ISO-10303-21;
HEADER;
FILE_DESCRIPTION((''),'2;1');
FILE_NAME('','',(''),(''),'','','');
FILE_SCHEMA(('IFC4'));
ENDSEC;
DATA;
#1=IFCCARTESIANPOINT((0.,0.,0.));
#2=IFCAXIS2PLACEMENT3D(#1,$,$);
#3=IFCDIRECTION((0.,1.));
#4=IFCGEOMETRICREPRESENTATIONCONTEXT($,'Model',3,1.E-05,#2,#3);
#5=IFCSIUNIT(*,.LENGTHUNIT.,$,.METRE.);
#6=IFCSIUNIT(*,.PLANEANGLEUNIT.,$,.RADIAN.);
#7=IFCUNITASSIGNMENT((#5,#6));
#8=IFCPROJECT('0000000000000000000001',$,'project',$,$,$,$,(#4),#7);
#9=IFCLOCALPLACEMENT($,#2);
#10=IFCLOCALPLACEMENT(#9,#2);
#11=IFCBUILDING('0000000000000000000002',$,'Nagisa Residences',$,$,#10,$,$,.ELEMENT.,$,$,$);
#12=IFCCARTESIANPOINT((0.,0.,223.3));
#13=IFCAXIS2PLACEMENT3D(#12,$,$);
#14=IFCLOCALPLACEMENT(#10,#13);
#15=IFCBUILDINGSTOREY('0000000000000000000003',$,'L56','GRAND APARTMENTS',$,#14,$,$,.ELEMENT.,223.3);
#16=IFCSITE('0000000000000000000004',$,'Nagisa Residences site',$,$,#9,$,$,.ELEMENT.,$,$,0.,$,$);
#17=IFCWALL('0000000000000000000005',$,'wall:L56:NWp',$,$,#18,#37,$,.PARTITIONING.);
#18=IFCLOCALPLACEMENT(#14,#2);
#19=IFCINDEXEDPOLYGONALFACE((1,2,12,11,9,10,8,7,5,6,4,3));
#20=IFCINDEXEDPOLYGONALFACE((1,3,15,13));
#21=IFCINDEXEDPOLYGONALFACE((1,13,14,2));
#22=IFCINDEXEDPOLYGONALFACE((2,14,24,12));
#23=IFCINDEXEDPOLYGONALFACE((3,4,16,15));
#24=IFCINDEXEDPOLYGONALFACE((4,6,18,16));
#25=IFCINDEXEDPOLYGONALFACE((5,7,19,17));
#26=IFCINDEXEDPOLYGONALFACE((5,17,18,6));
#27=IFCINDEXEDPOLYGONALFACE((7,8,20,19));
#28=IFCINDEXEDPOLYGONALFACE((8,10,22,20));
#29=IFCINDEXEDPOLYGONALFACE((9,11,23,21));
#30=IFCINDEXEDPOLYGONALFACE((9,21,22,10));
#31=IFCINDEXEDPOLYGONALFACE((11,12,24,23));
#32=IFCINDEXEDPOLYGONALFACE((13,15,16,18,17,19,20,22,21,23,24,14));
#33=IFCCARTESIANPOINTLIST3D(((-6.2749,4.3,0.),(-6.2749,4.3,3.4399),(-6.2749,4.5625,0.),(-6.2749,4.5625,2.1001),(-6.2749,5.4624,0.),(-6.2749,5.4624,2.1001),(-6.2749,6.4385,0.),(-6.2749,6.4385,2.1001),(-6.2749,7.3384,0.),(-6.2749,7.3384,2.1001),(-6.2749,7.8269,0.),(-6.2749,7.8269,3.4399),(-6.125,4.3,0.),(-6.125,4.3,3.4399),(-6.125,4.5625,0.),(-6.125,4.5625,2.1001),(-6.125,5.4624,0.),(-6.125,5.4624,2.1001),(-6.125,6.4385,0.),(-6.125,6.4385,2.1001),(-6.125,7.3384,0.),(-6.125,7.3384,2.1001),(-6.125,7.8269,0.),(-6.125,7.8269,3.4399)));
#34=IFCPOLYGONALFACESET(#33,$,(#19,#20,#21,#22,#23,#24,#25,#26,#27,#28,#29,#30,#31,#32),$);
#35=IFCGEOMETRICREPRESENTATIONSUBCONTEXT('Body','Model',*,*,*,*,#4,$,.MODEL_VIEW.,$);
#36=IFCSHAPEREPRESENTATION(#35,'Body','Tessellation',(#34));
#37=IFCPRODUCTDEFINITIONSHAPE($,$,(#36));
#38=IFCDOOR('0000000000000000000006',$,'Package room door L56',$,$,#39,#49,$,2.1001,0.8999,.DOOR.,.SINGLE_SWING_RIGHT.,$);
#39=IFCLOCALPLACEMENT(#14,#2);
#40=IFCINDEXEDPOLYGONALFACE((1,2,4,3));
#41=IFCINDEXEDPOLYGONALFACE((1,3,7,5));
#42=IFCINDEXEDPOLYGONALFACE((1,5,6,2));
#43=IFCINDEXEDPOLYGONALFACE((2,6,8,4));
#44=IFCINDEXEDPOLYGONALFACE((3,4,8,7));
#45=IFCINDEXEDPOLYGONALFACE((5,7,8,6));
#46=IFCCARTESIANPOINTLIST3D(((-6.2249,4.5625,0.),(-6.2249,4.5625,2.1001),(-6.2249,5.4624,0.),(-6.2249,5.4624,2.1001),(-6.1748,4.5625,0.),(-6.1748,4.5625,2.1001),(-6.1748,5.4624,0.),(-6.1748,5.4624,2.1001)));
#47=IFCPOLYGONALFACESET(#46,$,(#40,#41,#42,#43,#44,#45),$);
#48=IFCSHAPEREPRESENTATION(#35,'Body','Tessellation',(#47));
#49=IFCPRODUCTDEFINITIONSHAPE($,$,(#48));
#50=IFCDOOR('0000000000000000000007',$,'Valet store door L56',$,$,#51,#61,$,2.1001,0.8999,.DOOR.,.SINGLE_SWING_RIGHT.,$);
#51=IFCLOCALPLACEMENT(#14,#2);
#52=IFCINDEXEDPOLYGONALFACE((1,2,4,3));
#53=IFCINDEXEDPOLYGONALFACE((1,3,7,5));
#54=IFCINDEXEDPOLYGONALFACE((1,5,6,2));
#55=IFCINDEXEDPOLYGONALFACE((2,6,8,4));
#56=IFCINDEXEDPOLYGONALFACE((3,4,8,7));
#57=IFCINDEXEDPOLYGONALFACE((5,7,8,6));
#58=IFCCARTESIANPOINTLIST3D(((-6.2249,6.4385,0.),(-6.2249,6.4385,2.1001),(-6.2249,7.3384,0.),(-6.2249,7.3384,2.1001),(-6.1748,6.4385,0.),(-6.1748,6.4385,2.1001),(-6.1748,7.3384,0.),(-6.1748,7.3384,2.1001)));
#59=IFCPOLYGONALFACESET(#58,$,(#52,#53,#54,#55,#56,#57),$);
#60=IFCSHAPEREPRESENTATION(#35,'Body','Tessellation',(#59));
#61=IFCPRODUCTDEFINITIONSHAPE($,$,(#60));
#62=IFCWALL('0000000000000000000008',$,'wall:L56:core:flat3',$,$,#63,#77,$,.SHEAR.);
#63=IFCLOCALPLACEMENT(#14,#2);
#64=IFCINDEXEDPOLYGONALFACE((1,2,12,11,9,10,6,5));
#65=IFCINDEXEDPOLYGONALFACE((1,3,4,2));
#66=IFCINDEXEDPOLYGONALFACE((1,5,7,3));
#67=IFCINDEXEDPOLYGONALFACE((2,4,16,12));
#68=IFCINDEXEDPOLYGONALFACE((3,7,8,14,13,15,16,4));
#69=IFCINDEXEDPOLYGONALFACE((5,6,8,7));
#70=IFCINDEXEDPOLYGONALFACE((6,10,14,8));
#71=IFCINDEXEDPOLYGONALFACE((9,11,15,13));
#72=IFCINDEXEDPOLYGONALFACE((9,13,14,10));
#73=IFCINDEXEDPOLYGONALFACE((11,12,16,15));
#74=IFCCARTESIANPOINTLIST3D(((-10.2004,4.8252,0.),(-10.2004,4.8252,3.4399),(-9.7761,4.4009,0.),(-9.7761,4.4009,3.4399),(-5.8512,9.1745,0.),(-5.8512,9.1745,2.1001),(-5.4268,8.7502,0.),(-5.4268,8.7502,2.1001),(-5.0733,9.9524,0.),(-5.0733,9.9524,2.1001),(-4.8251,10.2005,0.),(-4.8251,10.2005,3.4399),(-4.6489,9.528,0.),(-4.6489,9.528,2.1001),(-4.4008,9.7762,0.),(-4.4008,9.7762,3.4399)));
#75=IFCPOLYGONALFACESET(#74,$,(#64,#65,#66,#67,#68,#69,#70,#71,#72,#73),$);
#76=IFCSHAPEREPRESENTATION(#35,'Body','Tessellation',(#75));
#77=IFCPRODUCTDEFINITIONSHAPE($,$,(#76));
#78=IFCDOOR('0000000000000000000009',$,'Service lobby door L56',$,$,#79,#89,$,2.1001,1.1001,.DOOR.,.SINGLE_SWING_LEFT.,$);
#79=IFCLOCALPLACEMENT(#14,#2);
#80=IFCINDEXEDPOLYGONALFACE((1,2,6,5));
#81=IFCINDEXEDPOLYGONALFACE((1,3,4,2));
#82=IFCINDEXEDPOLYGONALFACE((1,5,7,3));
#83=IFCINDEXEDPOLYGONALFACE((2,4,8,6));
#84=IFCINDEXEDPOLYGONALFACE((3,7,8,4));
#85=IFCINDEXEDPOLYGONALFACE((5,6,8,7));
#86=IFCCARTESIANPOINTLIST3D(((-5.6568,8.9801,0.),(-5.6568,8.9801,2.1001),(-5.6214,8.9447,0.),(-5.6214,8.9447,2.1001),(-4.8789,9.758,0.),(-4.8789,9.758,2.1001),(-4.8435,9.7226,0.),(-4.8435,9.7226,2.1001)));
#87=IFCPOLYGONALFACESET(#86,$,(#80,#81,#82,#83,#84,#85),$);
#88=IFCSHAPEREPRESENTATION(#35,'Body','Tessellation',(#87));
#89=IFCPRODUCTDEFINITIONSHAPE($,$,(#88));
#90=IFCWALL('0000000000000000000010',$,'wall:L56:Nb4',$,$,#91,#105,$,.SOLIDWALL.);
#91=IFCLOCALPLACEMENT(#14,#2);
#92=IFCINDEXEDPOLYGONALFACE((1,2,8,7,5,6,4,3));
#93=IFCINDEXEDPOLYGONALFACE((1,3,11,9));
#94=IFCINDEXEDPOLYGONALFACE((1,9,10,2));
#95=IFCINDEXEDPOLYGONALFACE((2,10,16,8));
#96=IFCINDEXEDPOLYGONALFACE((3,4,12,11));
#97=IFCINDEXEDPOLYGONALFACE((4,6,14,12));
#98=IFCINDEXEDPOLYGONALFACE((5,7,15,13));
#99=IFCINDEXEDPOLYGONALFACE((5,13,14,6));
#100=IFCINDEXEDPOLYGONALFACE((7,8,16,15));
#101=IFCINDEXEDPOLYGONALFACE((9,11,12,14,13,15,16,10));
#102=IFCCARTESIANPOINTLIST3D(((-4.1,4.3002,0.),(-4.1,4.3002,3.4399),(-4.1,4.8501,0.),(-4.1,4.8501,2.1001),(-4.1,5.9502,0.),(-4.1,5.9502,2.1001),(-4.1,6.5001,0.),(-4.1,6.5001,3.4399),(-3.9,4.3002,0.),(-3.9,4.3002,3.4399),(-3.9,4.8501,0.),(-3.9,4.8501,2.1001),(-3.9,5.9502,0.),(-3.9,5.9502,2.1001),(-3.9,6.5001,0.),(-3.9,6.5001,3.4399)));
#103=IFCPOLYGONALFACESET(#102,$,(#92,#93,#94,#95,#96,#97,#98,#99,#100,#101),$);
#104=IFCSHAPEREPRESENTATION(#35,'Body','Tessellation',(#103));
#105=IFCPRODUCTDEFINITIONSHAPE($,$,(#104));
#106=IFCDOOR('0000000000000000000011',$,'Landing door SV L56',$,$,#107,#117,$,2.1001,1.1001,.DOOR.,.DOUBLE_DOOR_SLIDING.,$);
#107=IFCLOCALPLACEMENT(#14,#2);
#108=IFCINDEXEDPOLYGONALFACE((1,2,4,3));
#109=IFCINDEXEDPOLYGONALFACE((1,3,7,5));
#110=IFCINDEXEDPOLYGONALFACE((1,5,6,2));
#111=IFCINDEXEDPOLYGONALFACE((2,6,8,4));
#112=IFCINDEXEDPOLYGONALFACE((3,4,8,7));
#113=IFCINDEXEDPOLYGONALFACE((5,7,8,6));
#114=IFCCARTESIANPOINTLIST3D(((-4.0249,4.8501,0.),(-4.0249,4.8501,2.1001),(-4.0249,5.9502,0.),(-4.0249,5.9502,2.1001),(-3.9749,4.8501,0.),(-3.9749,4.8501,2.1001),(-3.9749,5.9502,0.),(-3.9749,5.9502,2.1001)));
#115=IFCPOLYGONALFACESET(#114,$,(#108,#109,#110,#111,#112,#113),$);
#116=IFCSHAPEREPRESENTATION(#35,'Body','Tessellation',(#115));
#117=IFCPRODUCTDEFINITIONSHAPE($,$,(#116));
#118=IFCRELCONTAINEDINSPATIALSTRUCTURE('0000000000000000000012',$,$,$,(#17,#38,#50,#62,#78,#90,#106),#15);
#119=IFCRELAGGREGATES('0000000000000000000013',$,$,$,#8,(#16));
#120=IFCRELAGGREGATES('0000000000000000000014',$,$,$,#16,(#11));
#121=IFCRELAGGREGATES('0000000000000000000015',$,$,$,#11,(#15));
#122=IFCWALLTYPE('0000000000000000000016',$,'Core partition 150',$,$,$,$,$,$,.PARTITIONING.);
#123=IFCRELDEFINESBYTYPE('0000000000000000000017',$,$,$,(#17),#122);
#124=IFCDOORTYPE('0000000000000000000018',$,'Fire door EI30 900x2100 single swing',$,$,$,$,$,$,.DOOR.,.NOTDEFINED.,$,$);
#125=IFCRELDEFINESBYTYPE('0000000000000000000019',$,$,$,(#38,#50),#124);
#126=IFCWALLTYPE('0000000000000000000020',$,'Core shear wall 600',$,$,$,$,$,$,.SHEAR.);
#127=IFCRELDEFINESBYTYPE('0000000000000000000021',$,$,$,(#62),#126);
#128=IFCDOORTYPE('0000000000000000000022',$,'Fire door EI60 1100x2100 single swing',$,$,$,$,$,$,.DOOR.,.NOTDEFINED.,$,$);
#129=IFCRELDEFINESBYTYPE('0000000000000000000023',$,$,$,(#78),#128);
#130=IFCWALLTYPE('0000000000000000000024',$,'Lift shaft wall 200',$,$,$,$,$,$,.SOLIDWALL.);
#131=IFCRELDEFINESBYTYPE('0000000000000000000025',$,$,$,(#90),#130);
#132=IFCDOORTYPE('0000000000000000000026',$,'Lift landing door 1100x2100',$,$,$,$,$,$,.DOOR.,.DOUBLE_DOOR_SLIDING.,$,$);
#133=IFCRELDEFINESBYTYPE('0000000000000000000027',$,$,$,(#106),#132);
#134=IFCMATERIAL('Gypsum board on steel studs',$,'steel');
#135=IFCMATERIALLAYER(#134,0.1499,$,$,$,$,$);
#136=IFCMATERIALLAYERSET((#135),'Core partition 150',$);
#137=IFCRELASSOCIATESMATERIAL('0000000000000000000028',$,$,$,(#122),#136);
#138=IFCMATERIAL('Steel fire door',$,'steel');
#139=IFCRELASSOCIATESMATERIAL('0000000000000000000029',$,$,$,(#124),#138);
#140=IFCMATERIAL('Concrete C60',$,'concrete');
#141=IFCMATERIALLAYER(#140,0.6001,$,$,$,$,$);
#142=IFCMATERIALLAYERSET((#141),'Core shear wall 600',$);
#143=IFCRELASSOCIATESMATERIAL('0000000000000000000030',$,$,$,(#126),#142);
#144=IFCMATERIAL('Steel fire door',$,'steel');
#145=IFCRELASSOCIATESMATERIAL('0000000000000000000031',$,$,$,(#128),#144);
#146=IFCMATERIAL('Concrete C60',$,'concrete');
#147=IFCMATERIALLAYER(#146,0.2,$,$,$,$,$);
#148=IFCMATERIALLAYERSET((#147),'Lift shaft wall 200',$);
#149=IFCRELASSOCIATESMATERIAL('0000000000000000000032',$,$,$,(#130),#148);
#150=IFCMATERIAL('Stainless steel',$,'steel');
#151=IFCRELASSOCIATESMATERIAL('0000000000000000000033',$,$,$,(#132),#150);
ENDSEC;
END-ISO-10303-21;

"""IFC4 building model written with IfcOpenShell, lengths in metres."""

from ifc_helpers import new_model, si_unit, direction, frame, frame_2d, origin, place, context, subcontext, project, spatial, rectangle, extrude, material, layer, layer_set, type_object, element, fill, save


model = new_model("IFC4")

# Units and contexts
model_context = context("Model", 3, precision=1e-05, world=origin(), true_north=direction((0.0, 1.0)))
body_context = subcontext(model_context, "Body", "Model", "MODEL_VIEW")
ifc_project = project(units=[si_unit("LENGTHUNIT", "METRE"), si_unit("PLANEANGLEUNIT", "RADIAN")], contexts=[model_context])

# Site, building, storey
site_placement = place(None, origin())
site = spatial("IfcSite", under=ifc_project, at=site_placement, Name="Nagisa Residences site", CompositionType="ELEMENT", RefElevation=0.0)
building_placement = place(site_placement, origin())
building = spatial("IfcBuilding", under=site, at=building_placement, Name="Nagisa Residences", CompositionType="ELEMENT")
storey_placement = place(building_placement, frame((0.0, 0.0, 223.3)))
storey = spatial("IfcBuildingStorey", under=building, at=storey_placement, Name="L56", Description="GRAND APARTMENTS", CompositionType="ELEMENT", Elevation=223.3)

# Wall, openings, doors
ifc_material_1 = material(Name="Gypsum board on steel studs", Category="steel")
ifc_layer_1 = layer(ifc_material_1, 0.1499)
ifc_layer_set_1 = layer_set([ifc_layer_1], Name="Core partition 150")
wall_type_1 = type_object("IfcWallType", Name="Core partition 150", PredefinedType="PARTITIONING", material=ifc_layer_set_1)
wall_1_placement = place(storey_placement, frame((-6.2, 4.3, 0.0), z_axis=(0.0, 0.0, 1.0), x_axis=(0.0, 1.0, 0.0)))
wall_1 = element("IfcWall", 1, at=wall_1_placement, inside=storey, type_object=wall_type_1, Name="wall:L56:NWp", PredefinedType="PARTITIONING", context=body_context, shape_type="SweptSolid", body=[
    extrude(rectangle(XDim=3.5269, YDim=0.1499, at=frame_2d((1.7634, 0.0))), origin(), (0.0, 0.0, 1.0), 3.4399),
])
opening_1_placement = place(wall_1_placement, frame((0.2625, 0.0, 0.0)))
opening_1 = element("IfcOpeningElement", 2, at=opening_1_placement, cuts=wall_1, PredefinedType="OPENING", context=body_context, shape_type="SweptSolid", body=[
    extrude(rectangle(XDim=0.8999, YDim=2.1001, at=frame_2d((0.45, 1.05))), frame((0.0, 0.085, 0.0), z_axis=(0.0, -1.0, 0.0), x_axis=(1.0, 0.0, 0.0)), (0.0, 0.0, 1.0), 0.1699),
])
opening_2_placement = place(wall_1_placement, frame((2.1384, 0.0, 0.0)))
opening_2 = element("IfcOpeningElement", 3, at=opening_2_placement, cuts=wall_1, PredefinedType="OPENING", context=body_context, shape_type="SweptSolid", body=[
    extrude(rectangle(XDim=0.8999, YDim=2.1001, at=frame_2d((0.45, 1.05))), frame((0.0, 0.085, 0.0), z_axis=(0.0, -1.0, 0.0), x_axis=(1.0, 0.0, 0.0)), (0.0, 0.0, 1.0), 0.1699),
])
ifc_material_2 = material(Name="Steel fire door", Category="steel")
door_type_1 = type_object("IfcDoorType", Name="Fire door EI30 900x2100 single swing", OperationType="NOTDEFINED", PredefinedType="DOOR", material=ifc_material_2)
door_1_placement = place(opening_1_placement, origin())
door_1 = element("IfcDoor", 4, at=door_1_placement, inside=storey, type_object=door_type_1, Name="Package room door L56", OperationType="SINGLE_SWING_RIGHT", OverallHeight=2.1001, OverallWidth=0.8999, PredefinedType="DOOR", context=body_context, shape_type="SweptSolid", body=[
    extrude(rectangle(XDim=0.8999, YDim=2.1001, at=frame_2d((0.45, 1.05))), frame((0.0, 0.0249, 0.0), z_axis=(0.0, -1.0, 0.0), x_axis=(1.0, 0.0, 0.0)), (0.0, 0.0, 1.0), 0.05),
])
fill(opening_1, door_1)
door_2_placement = place(opening_2_placement, origin())
door_2 = element("IfcDoor", 5, at=door_2_placement, inside=storey, type_object=door_type_1, Name="Valet store door L56", OperationType="SINGLE_SWING_RIGHT", OverallHeight=2.1001, OverallWidth=0.8999, PredefinedType="DOOR", context=body_context, shape_type="SweptSolid", body=[
    extrude(rectangle(XDim=0.8999, YDim=2.1001, at=frame_2d((0.45, 1.05))), frame((0.0, 0.0249, 0.0), z_axis=(0.0, -1.0, 0.0), x_axis=(1.0, 0.0, 0.0)), (0.0, 0.0, 1.0), 0.05),
])
fill(opening_2, door_2)

# Walls, openings, doors
ifc_material_3 = material(Name="Concrete C60", Category="concrete")
ifc_layer_2 = layer(ifc_material_3, 0.6001)
ifc_layer_set_2 = layer_set([ifc_layer_2], Name="Core shear wall 600")
wall_type_2 = type_object("IfcWallType", Name="Core shear wall 600", PredefinedType="SHEAR", material=ifc_layer_set_2)
wall_2_placement = place(storey_placement, frame((-4.613, 9.9883, 0.0), z_axis=(0.0, 0.0, 1.0), x_axis=(-0.707107, -0.707107, 0.0)))
wall_2 = element("IfcWall", 6, at=wall_2_placement, inside=storey, type_object=wall_type_2, Name="wall:L56:core:flat3", PredefinedType="SHEAR", context=body_context, shape_type="SweptSolid", body=[
    extrude(rectangle(XDim=7.6018, YDim=0.6001, at=frame_2d((3.8008, 0.0))), origin(), (0.0, 0.0, 1.0), 3.4399),
])
opening_3_placement = place(wall_2_placement, frame((0.3508, 0.0, 0.0)))
opening_3 = element("IfcOpeningElement", 7, at=opening_3_placement, cuts=wall_2, PredefinedType="OPENING", context=body_context, shape_type="SweptSolid", body=[
    extrude(rectangle(XDim=1.1001, YDim=2.1001, at=frame_2d((0.55, 1.05))), frame((0.0, 0.3101, 0.0), z_axis=(0.0, -1.0, 0.0), x_axis=(1.0, 0.0, 0.0)), (0.0, 0.0, 1.0), 0.6201),
])
ifc_material_4 = material(Name="Steel fire door", Category="steel")
door_type_2 = type_object("IfcDoorType", Name="Fire door EI60 1100x2100 single swing", OperationType="NOTDEFINED", PredefinedType="DOOR", material=ifc_material_4)
door_3_placement = place(opening_3_placement, origin())
door_3 = element("IfcDoor", 8, at=door_3_placement, inside=storey, type_object=door_type_2, Name="Service lobby door L56", OperationType="SINGLE_SWING_LEFT", OverallHeight=2.1001, OverallWidth=1.1001, PredefinedType="DOOR", context=body_context, shape_type="SweptSolid", body=[
    extrude(rectangle(XDim=1.1001, YDim=2.1001, at=frame_2d((0.55, 1.05))), frame((0.0, 0.0249, 0.0), z_axis=(0.0, -1.0, 0.0), x_axis=(1.0, 0.0, 0.0)), (0.0, 0.0, 1.0), 0.05),
])
fill(opening_3, door_3)
ifc_material_5 = material(Name="Concrete C60", Category="concrete")
ifc_layer_3 = layer(ifc_material_5, 0.2)
ifc_layer_set_3 = layer_set([ifc_layer_3], Name="Lift shaft wall 200")
wall_type_3 = type_object("IfcWallType", Name="Lift shaft wall 200", PredefinedType="SOLIDWALL", material=ifc_layer_set_3)
wall_3_placement = place(storey_placement, frame((-4.0, 4.3, 0.0), z_axis=(0.0, 0.0, 1.0), x_axis=(0.0, 1.0, 0.0)))
wall_3 = element("IfcWall", 9, at=wall_3_placement, inside=storey, type_object=wall_type_3, Name="wall:L56:Nb4", PredefinedType="SOLIDWALL", context=body_context, shape_type="SweptSolid", body=[
    extrude(rectangle(XDim=2.2, YDim=0.2, at=frame_2d((1.1001, 0.0))), origin(), (0.0, 0.0, 1.0), 3.4399),
])
opening_4_placement = place(wall_3_placement, frame((0.55, 0.0, 0.0)))
opening_4 = element("IfcOpeningElement", 10, at=opening_4_placement, cuts=wall_3, PredefinedType="OPENING", context=body_context, shape_type="SweptSolid", body=[
    extrude(rectangle(XDim=1.1001, YDim=2.1001, at=frame_2d((0.55, 1.05))), frame((0.0, 0.1099, 0.0), z_axis=(0.0, -1.0, 0.0), x_axis=(1.0, 0.0, 0.0)), (0.0, 0.0, 1.0), 0.22),
])
ifc_material_6 = material(Name="Stainless steel", Category="steel")
door_type_3 = type_object("IfcDoorType", Name="Lift landing door 1100x2100", OperationType="DOUBLE_DOOR_SLIDING", PredefinedType="DOOR", material=ifc_material_6)
door_4_placement = place(opening_4_placement, origin())
door_4 = element("IfcDoor", 11, at=door_4_placement, inside=storey, type_object=door_type_3, Name="Landing door SV L56", OperationType="DOUBLE_DOOR_SLIDING", OverallHeight=2.1001, OverallWidth=1.1001, PredefinedType="DOOR", context=body_context, shape_type="SweptSolid", body=[
    extrude(rectangle(XDim=1.1001, YDim=2.1001, at=frame_2d((0.55, 1.05))), frame((0.0, 0.0249, 0.0), z_axis=(0.0, -1.0, 0.0), x_axis=(1.0, 0.0, 0.0)), (0.0, 0.0, 1.0), 0.05),
])
fill(opening_4, door_4)

save(model, "model.ifc")
